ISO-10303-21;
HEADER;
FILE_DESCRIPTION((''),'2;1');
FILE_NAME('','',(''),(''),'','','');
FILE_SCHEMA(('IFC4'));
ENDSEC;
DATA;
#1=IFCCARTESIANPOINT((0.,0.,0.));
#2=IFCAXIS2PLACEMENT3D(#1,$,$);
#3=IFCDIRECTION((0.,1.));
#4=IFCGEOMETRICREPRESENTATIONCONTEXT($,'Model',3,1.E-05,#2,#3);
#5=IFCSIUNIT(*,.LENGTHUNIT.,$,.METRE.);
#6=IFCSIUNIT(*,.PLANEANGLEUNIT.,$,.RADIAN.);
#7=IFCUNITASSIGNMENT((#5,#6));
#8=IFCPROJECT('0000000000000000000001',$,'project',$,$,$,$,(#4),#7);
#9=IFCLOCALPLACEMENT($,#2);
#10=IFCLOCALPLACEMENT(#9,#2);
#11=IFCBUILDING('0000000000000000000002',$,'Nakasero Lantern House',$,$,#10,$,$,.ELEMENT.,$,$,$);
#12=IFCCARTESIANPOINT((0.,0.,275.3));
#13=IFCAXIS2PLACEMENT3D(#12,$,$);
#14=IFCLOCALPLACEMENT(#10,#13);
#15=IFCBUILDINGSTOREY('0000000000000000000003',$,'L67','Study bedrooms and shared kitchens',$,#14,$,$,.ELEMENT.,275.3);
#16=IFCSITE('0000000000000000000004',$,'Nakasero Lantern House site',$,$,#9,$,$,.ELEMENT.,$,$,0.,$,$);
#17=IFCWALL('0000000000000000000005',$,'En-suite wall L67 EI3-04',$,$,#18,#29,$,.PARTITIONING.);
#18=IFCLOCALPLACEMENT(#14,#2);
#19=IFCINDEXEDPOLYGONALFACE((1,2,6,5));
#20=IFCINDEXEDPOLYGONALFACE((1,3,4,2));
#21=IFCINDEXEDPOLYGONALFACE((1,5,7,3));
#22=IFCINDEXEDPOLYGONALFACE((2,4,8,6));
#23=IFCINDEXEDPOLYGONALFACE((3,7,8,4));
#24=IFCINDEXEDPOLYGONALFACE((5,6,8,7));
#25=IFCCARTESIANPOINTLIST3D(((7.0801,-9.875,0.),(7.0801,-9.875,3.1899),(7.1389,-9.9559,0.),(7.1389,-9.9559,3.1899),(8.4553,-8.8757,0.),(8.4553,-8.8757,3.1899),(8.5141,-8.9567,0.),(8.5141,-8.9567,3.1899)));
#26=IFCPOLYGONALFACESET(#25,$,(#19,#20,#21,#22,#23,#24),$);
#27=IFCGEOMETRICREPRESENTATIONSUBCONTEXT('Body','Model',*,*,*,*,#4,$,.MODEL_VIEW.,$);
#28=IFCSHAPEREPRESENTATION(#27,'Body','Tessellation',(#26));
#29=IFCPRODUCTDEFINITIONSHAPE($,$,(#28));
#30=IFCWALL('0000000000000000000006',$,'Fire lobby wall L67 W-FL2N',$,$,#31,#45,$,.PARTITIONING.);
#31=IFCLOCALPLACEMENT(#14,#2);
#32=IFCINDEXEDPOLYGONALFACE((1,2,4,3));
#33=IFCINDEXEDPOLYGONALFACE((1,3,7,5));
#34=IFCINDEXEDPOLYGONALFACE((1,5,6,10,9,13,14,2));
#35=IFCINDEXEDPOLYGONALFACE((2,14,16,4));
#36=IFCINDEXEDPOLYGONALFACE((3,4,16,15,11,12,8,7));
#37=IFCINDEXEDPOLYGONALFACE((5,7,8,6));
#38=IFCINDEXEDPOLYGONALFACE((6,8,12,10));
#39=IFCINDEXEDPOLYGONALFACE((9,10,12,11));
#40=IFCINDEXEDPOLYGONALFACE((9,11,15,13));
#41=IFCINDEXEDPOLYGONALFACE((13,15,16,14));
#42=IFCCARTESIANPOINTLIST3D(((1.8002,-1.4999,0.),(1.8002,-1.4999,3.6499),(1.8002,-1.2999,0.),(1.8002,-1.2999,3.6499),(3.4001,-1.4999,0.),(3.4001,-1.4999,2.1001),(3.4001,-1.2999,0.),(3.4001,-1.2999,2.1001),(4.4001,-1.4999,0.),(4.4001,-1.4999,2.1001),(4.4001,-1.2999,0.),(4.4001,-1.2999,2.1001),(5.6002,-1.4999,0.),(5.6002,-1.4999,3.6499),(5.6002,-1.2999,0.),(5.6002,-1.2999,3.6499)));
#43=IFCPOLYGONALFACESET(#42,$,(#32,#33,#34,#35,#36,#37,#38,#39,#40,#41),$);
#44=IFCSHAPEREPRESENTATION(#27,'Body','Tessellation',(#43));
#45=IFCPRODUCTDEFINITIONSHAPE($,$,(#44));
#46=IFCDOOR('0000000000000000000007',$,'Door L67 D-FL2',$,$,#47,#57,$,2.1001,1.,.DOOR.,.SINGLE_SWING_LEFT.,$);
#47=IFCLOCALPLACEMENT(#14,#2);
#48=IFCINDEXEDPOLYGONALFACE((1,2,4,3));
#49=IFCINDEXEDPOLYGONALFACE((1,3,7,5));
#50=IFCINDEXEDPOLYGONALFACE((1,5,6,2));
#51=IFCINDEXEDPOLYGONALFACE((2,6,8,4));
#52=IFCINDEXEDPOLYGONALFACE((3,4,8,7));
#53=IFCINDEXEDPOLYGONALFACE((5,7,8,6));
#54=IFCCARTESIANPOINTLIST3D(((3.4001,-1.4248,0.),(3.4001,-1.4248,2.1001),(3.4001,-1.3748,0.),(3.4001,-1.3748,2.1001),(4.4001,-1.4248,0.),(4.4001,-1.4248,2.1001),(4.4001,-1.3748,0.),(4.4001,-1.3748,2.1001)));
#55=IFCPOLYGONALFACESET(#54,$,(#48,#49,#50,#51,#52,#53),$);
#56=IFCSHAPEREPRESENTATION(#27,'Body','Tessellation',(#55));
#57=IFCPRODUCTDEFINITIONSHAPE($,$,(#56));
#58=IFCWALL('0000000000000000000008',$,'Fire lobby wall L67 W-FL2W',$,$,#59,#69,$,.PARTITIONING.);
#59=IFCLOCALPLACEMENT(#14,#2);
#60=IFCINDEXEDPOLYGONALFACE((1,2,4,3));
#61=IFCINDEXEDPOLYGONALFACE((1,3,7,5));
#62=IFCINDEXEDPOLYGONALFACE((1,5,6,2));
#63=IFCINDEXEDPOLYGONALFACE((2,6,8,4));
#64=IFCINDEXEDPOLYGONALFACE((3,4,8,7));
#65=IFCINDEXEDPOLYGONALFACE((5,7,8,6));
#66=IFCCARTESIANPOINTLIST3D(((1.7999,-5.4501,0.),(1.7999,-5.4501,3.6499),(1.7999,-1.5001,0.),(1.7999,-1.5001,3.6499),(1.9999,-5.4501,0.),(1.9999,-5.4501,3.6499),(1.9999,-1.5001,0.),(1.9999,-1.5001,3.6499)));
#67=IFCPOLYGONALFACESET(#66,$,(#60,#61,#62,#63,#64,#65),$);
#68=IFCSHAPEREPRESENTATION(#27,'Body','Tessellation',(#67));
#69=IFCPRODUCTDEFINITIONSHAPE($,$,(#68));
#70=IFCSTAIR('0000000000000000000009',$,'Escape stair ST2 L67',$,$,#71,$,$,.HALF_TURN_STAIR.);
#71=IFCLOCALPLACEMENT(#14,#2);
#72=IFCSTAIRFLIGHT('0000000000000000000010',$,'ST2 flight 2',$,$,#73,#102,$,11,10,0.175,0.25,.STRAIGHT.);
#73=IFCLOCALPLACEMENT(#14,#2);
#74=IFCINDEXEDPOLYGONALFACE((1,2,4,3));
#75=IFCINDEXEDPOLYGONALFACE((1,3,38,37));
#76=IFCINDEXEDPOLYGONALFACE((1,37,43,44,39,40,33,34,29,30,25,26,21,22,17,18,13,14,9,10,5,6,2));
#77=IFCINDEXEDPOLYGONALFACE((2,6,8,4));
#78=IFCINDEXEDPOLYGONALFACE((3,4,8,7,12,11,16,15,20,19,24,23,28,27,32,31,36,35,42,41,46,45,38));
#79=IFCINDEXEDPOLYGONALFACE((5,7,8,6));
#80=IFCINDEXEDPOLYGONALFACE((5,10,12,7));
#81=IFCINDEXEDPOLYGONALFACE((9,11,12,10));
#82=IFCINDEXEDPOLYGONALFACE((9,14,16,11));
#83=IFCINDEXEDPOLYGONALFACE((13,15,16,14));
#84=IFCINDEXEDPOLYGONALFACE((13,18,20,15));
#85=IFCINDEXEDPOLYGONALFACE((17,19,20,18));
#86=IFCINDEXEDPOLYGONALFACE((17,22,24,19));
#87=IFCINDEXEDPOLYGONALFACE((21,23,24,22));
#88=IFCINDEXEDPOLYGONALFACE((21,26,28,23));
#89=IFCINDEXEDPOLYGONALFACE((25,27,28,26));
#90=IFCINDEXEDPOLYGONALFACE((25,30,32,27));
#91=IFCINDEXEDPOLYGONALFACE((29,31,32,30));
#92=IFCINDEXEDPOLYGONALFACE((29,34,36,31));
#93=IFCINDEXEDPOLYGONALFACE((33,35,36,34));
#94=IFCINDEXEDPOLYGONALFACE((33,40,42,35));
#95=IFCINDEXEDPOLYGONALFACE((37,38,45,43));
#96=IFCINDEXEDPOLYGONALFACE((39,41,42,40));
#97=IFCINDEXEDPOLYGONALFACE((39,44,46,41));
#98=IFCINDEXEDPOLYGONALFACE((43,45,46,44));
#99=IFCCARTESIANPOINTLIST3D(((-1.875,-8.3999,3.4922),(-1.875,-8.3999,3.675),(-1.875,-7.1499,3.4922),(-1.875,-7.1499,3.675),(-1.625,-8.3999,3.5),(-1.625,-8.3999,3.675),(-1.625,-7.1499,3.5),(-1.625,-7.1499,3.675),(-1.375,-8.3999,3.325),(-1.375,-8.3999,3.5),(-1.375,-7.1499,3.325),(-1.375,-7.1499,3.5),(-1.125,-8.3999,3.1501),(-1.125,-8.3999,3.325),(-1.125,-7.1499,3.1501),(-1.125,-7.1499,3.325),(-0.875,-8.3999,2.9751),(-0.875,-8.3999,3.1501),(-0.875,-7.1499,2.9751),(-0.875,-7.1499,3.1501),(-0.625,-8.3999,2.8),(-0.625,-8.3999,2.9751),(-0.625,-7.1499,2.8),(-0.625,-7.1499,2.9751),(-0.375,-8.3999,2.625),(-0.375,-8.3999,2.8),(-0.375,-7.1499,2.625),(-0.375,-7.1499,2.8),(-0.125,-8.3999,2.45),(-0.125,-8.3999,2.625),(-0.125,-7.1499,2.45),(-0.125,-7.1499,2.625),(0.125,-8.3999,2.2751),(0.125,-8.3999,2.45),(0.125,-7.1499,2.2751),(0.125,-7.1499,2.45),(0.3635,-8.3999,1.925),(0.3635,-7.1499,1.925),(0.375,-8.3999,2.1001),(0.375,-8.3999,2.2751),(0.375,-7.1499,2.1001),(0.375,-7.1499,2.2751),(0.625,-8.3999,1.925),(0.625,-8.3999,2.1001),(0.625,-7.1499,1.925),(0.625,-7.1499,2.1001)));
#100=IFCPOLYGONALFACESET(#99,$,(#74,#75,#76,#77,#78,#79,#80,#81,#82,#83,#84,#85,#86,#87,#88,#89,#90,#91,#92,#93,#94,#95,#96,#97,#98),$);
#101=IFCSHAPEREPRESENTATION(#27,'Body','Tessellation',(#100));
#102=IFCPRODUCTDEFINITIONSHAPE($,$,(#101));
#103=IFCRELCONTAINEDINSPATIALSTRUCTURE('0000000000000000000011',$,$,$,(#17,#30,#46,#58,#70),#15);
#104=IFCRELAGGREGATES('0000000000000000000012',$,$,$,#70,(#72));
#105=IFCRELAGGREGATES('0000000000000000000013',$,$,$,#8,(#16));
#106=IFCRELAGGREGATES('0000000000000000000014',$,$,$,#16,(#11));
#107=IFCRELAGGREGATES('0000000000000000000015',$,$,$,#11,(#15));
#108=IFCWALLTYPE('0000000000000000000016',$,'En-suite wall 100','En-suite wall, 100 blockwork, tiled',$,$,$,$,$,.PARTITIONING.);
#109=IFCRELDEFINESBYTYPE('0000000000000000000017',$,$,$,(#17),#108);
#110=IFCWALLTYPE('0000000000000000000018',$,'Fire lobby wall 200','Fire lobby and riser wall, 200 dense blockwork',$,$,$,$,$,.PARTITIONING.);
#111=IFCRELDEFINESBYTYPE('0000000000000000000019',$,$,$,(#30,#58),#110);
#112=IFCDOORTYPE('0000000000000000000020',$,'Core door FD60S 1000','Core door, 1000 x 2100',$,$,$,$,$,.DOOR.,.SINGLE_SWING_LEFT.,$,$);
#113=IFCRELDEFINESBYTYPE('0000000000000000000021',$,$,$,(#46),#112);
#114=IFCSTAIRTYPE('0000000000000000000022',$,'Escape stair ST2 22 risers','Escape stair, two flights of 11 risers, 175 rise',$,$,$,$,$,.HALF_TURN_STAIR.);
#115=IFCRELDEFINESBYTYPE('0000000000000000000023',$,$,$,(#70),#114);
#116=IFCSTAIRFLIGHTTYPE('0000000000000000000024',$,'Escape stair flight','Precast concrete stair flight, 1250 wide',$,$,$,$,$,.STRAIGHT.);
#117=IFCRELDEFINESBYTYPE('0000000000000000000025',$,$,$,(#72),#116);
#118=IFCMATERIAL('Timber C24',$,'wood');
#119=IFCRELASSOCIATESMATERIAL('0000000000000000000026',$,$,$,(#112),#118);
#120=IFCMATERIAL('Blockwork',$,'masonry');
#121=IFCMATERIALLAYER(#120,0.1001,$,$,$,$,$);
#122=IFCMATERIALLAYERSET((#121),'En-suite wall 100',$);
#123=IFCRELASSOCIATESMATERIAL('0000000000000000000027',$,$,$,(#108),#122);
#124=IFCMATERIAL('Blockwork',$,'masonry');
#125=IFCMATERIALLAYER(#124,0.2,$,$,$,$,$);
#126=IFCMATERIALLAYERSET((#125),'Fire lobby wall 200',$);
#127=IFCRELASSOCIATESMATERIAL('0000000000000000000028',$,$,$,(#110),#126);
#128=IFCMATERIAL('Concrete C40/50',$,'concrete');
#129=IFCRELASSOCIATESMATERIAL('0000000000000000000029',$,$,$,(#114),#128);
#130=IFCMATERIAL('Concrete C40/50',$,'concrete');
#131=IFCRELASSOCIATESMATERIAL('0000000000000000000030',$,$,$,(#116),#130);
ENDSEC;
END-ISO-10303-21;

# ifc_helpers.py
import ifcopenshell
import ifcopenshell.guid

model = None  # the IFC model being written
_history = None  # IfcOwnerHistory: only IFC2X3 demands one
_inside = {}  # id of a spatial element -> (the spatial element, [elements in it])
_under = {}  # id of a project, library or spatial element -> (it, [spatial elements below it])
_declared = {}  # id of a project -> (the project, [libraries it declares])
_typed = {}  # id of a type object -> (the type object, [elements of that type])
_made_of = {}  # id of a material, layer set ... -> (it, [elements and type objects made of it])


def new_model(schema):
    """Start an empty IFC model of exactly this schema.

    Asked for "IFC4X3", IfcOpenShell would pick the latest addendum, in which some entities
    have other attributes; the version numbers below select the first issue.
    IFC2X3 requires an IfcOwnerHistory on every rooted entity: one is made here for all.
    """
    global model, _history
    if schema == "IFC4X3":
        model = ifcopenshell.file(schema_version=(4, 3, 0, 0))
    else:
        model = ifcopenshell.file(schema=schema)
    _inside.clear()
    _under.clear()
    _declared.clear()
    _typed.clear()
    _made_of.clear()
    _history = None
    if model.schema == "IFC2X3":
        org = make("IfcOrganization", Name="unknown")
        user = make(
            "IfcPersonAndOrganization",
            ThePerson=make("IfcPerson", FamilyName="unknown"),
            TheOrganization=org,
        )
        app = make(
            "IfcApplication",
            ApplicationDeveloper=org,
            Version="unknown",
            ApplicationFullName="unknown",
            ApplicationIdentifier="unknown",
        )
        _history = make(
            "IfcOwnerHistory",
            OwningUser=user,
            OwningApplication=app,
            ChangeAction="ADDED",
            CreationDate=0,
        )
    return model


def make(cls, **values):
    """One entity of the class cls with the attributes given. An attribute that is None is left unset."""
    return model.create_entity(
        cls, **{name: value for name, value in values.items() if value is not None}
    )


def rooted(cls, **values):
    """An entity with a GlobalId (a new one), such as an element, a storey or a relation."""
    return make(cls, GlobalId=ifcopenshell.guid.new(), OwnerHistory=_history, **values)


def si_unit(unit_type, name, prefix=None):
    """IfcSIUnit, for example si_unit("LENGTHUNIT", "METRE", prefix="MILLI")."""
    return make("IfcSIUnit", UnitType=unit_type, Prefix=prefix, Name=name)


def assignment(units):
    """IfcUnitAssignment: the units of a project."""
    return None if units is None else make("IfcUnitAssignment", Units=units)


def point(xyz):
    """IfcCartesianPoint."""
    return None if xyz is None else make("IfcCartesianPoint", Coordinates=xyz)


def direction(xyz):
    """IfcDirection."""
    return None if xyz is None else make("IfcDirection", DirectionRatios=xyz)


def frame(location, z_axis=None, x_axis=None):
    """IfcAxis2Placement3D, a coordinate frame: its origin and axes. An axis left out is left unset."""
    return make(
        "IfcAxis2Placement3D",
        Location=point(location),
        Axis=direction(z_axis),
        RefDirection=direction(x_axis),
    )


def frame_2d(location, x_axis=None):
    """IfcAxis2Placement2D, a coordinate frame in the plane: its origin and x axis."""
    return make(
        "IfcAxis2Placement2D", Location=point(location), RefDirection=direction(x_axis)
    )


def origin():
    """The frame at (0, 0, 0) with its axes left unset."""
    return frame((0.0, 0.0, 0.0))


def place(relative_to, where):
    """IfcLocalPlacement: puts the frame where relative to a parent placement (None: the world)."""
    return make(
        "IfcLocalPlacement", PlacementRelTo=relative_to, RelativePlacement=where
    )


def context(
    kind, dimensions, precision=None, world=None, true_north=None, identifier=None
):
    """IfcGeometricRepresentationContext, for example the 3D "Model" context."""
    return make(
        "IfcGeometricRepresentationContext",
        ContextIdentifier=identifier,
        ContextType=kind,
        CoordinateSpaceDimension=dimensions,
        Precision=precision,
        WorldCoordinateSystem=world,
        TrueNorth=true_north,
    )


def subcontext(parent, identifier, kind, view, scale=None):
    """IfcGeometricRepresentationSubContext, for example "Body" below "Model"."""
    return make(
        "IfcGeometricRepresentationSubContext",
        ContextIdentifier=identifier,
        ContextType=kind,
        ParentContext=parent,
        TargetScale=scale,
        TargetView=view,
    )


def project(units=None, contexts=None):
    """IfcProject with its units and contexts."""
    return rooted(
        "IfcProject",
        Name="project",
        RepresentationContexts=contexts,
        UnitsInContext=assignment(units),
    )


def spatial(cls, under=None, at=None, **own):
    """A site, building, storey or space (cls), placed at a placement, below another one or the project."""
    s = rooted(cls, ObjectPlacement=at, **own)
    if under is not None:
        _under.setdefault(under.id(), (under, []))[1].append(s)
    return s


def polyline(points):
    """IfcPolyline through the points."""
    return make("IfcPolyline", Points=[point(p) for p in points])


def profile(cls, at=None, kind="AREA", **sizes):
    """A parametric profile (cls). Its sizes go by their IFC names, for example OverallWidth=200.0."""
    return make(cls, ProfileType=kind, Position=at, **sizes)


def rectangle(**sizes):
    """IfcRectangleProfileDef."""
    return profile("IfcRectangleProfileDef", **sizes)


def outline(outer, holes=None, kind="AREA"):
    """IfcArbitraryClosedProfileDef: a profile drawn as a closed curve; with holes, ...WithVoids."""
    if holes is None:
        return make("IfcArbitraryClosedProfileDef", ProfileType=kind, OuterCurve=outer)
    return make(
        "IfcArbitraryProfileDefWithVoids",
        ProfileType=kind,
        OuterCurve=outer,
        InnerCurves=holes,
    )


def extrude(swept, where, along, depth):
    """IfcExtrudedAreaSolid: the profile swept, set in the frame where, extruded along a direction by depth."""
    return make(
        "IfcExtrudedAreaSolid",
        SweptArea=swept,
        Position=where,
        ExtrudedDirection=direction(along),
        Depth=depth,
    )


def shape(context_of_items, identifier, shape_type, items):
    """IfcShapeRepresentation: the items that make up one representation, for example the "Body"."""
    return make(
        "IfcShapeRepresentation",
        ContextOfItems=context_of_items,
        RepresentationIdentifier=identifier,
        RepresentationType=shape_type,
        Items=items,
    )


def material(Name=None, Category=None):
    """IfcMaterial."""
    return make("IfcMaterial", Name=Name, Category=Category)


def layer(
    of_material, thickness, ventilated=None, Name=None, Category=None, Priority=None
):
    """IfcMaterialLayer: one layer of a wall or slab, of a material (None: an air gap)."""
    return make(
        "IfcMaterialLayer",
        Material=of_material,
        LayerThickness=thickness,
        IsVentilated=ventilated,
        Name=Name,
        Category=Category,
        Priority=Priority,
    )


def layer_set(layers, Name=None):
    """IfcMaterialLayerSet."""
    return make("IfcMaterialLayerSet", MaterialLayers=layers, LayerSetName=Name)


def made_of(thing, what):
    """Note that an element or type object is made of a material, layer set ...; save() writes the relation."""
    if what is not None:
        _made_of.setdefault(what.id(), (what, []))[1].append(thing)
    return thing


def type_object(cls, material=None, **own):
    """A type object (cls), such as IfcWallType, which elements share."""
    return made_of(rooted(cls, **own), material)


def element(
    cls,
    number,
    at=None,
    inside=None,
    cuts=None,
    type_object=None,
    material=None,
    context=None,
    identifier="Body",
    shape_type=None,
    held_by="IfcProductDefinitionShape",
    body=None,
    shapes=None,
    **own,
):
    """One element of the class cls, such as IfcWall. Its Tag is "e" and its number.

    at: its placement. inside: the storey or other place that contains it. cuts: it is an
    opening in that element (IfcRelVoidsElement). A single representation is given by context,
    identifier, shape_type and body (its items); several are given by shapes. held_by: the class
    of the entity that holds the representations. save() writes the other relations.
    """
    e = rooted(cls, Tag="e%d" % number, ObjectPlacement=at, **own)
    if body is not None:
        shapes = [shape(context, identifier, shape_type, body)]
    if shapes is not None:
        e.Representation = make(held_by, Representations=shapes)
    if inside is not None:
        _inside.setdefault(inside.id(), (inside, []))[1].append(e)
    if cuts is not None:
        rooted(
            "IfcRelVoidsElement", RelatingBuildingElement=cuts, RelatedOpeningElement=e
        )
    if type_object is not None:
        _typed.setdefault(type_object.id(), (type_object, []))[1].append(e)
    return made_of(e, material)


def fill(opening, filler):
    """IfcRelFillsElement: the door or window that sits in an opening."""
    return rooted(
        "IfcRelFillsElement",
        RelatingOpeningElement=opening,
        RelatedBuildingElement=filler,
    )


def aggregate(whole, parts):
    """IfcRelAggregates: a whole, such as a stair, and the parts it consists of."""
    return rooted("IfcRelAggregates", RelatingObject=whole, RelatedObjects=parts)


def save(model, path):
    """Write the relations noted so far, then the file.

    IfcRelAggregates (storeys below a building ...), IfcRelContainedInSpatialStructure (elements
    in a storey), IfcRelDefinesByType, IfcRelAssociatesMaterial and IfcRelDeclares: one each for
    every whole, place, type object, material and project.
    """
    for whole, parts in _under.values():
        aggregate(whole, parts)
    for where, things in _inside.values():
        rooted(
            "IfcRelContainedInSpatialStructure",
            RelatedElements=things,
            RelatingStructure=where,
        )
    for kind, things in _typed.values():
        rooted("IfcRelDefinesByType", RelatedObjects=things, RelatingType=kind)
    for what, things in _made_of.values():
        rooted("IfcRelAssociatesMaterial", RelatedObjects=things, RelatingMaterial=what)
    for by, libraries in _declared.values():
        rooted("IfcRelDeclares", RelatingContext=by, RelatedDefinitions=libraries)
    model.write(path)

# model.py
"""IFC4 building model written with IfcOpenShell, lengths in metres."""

from ifc_helpers import new_model, si_unit, direction, frame, frame_2d, origin, place, context, subcontext, project, spatial, polyline, rectangle, outline, extrude, material, layer, layer_set, type_object, element, fill, aggregate, save


model = new_model("IFC4")

# Units and contexts
model_context = context("Model", 3, precision=1e-05, world=origin(), true_north=direction((0.0, 1.0)))
body_context = subcontext(model_context, "Body", "Model", "MODEL_VIEW")
ifc_project = project(units=[si_unit("LENGTHUNIT", "METRE"), si_unit("PLANEANGLEUNIT", "RADIAN")], contexts=[model_context])

# Site, building, storey
site_placement = place(None, origin())
site = spatial("IfcSite", under=ifc_project, at=site_placement, Name="Nakasero Lantern House site", CompositionType="ELEMENT", RefElevation=0.0)
building_placement = place(site_placement, origin())
building = spatial("IfcBuilding", under=site, at=building_placement, Name="Nakasero Lantern House", CompositionType="ELEMENT")
storey_placement = place(building_placement, frame((0.0, 0.0, 275.3)))
storey = spatial("IfcBuildingStorey", under=building, at=storey_placement, Name="L67", Description="Study bedrooms and shared kitchens", CompositionType="ELEMENT", Elevation=275.3)

# Shared definitions
ifc_material_1 = material(Name="Timber C24", Category="wood")
door_type_1 = type_object("IfcDoorType", Name="Core door FD60S 1000", Description="Core door, 1000 x 2100", OperationType="SINGLE_SWING_LEFT", PredefinedType="DOOR", material=ifc_material_1)

# Wall
ifc_material_2 = material(Name="Blockwork", Category="masonry")
ifc_layer_1 = layer(ifc_material_2, 0.1001)
ifc_layer_set_1 = layer_set([ifc_layer_1], Name="En-suite wall 100")
wall_type_1 = type_object("IfcWallType", Name="En-suite wall 100", Description="En-suite wall, 100 blockwork, tiled", PredefinedType="PARTITIONING", material=ifc_layer_set_1)
wall_1_placement = place(storey_placement, frame((7.1094, -9.9155, 0.0), z_axis=(0.0, 0.0, 1.0), x_axis=(0.808991, 0.587822, 0.0)))
element("IfcWall", 1, at=wall_1_placement, inside=storey, type_object=wall_type_1, Name="En-suite wall L67 EI3-04", PredefinedType="PARTITIONING", context=body_context, shape_type="SweptSolid", body=[
    extrude(rectangle(XDim=1.7, YDim=0.1001, at=frame_2d((0.8501, 0.0))), origin(), (0.0, 0.0, 1.0), 3.1899),
])

# Wall, opening, door
ifc_material_3 = material(Name="Blockwork", Category="masonry")
ifc_layer_2 = layer(ifc_material_3, 0.2)
ifc_layer_set_2 = layer_set([ifc_layer_2], Name="Fire lobby wall 200")
wall_type_2 = type_object("IfcWallType", Name="Fire lobby wall 200", Description="Fire lobby and riser wall, 200 dense blockwork", PredefinedType="PARTITIONING", material=ifc_layer_set_2)
wall_2_placement = place(storey_placement, frame((5.6001, -1.3999, 0.0), z_axis=(0.0, 0.0, 1.0), x_axis=(-1.0, 0.0, 0.0)))
wall_2 = element("IfcWall", 2, at=wall_2_placement, inside=storey, type_object=wall_type_2, Name="Fire lobby wall L67 W-FL2N", PredefinedType="PARTITIONING", context=body_context, shape_type="SweptSolid", body=[
    extrude(rectangle(XDim=3.8, YDim=0.2, at=frame_2d((1.8999, 0.0))), origin(), (0.0, 0.0, 1.0), 3.6499),
])
opening_1_placement = place(wall_2_placement, frame((1.2, 0.0, 0.0)))
opening_1 = element("IfcOpeningElement", 3, at=opening_1_placement, cuts=wall_2, PredefinedType="OPENING", context=body_context, shape_type="SweptSolid", body=[
    extrude(rectangle(XDim=1.0, YDim=2.1001, at=frame_2d((0.5, 1.05))), frame((0.0, 0.1199, 0.0), z_axis=(0.0, -1.0, 0.0), x_axis=(1.0, 0.0, 0.0)), (0.0, 0.0, 1.0), 0.24),
])
door_1_placement = place(opening_1_placement, origin())
door_1 = element("IfcDoor", 4, at=door_1_placement, inside=storey, type_object=door_type_1, Name="Door L67 D-FL2", OperationType="SINGLE_SWING_LEFT", OverallHeight=2.1001, OverallWidth=1.0, PredefinedType="DOOR", context=body_context, shape_type="SweptSolid", body=[
    extrude(rectangle(XDim=1.0, YDim=2.1001, at=frame_2d((0.5, 1.05))), frame((0.0, 0.0249, 0.0), z_axis=(0.0, -1.0, 0.0), x_axis=(1.0, 0.0, 0.0)), (0.0, 0.0, 1.0), 0.05),
])
fill(opening_1, door_1)

# Wall
wall_3_placement = place(storey_placement, frame((1.8999, -1.5, 0.0), z_axis=(0.0, 0.0, 1.0), x_axis=(0.0, -1.0, 0.0)))
element("IfcWall", 5, at=wall_3_placement, inside=storey, type_object=wall_type_2, Name="Fire lobby wall L67 W-FL2W", PredefinedType="PARTITIONING", context=body_context, shape_type="SweptSolid", body=[
    extrude(rectangle(XDim=3.95, YDim=0.2, at=frame_2d((1.9751, 0.0))), origin(), (0.0, 0.0, 1.0), 3.6499),
])

# Stair, stair flight
ifc_material_4 = material(Name="Concrete C40/50", Category="concrete")
stair_type_1 = type_object("IfcStairType", Name="Escape stair ST2 22 risers", Description="Escape stair, two flights of 11 risers, 175 rise", PredefinedType="HALF_TURN_STAIR", material=ifc_material_4)
stair_1_placement = place(storey_placement, origin())
stair_1 = element("IfcStair", 6, at=stair_1_placement, inside=storey, type_object=stair_type_1, Name="Escape stair ST2 L67", PredefinedType="HALF_TURN_STAIR")
ifc_material_5 = material(Name="Concrete C40/50", Category="concrete")
stair_flight_type = type_object("IfcStairFlightType", Name="Escape stair flight", Description="Precast concrete stair flight, 1250 wide", PredefinedType="STRAIGHT", material=ifc_material_5)
stair_flight_placement = place(storey_placement, frame((0.625, -7.7749, 1.925), z_axis=(0.0, 0.0, 1.0), x_axis=(-1.0, 0.0, 0.0)))
stair_flight = element("IfcStairFlight", 7, at=stair_flight_placement, type_object=stair_flight_type, Name="ST2 flight 2", NumberOfRisers=11, NumberOfTreads=10, PredefinedType="STRAIGHT", RiserHeight=0.175, TreadLength=0.25, context=body_context, shape_type="SweptSolid", body=[
    extrude(outline(polyline([(0.0, 0.0), (0.0, 0.175), (0.25, 0.175), (0.25, 0.3501), (0.5, 0.3501), (0.5, 0.5249), (0.75, 0.5249), (0.75, 0.7), (1.0, 0.7), (1.0, 0.875), (1.25, 0.875), (1.25, 1.05), (1.5, 1.05), (1.5, 1.2251), (1.75, 1.2251), (1.75, 1.3999), (2.0, 1.3999), (2.0, 1.575), (2.25, 1.575), (2.25, 1.75), (2.5, 1.75), (2.5, 1.925), (2.5, 1.5671), (0.2615, 0.0), (0.0, 0.0)])), frame((0.0, 0.625, 0.0), z_axis=(0.0, -1.0, 0.0), x_axis=(1.0, 0.0, 0.0)), (0.0, 0.0, 1.0), 1.25),
])
aggregate(stair_1, [stair_flight])

save(model, "model.ifc")
